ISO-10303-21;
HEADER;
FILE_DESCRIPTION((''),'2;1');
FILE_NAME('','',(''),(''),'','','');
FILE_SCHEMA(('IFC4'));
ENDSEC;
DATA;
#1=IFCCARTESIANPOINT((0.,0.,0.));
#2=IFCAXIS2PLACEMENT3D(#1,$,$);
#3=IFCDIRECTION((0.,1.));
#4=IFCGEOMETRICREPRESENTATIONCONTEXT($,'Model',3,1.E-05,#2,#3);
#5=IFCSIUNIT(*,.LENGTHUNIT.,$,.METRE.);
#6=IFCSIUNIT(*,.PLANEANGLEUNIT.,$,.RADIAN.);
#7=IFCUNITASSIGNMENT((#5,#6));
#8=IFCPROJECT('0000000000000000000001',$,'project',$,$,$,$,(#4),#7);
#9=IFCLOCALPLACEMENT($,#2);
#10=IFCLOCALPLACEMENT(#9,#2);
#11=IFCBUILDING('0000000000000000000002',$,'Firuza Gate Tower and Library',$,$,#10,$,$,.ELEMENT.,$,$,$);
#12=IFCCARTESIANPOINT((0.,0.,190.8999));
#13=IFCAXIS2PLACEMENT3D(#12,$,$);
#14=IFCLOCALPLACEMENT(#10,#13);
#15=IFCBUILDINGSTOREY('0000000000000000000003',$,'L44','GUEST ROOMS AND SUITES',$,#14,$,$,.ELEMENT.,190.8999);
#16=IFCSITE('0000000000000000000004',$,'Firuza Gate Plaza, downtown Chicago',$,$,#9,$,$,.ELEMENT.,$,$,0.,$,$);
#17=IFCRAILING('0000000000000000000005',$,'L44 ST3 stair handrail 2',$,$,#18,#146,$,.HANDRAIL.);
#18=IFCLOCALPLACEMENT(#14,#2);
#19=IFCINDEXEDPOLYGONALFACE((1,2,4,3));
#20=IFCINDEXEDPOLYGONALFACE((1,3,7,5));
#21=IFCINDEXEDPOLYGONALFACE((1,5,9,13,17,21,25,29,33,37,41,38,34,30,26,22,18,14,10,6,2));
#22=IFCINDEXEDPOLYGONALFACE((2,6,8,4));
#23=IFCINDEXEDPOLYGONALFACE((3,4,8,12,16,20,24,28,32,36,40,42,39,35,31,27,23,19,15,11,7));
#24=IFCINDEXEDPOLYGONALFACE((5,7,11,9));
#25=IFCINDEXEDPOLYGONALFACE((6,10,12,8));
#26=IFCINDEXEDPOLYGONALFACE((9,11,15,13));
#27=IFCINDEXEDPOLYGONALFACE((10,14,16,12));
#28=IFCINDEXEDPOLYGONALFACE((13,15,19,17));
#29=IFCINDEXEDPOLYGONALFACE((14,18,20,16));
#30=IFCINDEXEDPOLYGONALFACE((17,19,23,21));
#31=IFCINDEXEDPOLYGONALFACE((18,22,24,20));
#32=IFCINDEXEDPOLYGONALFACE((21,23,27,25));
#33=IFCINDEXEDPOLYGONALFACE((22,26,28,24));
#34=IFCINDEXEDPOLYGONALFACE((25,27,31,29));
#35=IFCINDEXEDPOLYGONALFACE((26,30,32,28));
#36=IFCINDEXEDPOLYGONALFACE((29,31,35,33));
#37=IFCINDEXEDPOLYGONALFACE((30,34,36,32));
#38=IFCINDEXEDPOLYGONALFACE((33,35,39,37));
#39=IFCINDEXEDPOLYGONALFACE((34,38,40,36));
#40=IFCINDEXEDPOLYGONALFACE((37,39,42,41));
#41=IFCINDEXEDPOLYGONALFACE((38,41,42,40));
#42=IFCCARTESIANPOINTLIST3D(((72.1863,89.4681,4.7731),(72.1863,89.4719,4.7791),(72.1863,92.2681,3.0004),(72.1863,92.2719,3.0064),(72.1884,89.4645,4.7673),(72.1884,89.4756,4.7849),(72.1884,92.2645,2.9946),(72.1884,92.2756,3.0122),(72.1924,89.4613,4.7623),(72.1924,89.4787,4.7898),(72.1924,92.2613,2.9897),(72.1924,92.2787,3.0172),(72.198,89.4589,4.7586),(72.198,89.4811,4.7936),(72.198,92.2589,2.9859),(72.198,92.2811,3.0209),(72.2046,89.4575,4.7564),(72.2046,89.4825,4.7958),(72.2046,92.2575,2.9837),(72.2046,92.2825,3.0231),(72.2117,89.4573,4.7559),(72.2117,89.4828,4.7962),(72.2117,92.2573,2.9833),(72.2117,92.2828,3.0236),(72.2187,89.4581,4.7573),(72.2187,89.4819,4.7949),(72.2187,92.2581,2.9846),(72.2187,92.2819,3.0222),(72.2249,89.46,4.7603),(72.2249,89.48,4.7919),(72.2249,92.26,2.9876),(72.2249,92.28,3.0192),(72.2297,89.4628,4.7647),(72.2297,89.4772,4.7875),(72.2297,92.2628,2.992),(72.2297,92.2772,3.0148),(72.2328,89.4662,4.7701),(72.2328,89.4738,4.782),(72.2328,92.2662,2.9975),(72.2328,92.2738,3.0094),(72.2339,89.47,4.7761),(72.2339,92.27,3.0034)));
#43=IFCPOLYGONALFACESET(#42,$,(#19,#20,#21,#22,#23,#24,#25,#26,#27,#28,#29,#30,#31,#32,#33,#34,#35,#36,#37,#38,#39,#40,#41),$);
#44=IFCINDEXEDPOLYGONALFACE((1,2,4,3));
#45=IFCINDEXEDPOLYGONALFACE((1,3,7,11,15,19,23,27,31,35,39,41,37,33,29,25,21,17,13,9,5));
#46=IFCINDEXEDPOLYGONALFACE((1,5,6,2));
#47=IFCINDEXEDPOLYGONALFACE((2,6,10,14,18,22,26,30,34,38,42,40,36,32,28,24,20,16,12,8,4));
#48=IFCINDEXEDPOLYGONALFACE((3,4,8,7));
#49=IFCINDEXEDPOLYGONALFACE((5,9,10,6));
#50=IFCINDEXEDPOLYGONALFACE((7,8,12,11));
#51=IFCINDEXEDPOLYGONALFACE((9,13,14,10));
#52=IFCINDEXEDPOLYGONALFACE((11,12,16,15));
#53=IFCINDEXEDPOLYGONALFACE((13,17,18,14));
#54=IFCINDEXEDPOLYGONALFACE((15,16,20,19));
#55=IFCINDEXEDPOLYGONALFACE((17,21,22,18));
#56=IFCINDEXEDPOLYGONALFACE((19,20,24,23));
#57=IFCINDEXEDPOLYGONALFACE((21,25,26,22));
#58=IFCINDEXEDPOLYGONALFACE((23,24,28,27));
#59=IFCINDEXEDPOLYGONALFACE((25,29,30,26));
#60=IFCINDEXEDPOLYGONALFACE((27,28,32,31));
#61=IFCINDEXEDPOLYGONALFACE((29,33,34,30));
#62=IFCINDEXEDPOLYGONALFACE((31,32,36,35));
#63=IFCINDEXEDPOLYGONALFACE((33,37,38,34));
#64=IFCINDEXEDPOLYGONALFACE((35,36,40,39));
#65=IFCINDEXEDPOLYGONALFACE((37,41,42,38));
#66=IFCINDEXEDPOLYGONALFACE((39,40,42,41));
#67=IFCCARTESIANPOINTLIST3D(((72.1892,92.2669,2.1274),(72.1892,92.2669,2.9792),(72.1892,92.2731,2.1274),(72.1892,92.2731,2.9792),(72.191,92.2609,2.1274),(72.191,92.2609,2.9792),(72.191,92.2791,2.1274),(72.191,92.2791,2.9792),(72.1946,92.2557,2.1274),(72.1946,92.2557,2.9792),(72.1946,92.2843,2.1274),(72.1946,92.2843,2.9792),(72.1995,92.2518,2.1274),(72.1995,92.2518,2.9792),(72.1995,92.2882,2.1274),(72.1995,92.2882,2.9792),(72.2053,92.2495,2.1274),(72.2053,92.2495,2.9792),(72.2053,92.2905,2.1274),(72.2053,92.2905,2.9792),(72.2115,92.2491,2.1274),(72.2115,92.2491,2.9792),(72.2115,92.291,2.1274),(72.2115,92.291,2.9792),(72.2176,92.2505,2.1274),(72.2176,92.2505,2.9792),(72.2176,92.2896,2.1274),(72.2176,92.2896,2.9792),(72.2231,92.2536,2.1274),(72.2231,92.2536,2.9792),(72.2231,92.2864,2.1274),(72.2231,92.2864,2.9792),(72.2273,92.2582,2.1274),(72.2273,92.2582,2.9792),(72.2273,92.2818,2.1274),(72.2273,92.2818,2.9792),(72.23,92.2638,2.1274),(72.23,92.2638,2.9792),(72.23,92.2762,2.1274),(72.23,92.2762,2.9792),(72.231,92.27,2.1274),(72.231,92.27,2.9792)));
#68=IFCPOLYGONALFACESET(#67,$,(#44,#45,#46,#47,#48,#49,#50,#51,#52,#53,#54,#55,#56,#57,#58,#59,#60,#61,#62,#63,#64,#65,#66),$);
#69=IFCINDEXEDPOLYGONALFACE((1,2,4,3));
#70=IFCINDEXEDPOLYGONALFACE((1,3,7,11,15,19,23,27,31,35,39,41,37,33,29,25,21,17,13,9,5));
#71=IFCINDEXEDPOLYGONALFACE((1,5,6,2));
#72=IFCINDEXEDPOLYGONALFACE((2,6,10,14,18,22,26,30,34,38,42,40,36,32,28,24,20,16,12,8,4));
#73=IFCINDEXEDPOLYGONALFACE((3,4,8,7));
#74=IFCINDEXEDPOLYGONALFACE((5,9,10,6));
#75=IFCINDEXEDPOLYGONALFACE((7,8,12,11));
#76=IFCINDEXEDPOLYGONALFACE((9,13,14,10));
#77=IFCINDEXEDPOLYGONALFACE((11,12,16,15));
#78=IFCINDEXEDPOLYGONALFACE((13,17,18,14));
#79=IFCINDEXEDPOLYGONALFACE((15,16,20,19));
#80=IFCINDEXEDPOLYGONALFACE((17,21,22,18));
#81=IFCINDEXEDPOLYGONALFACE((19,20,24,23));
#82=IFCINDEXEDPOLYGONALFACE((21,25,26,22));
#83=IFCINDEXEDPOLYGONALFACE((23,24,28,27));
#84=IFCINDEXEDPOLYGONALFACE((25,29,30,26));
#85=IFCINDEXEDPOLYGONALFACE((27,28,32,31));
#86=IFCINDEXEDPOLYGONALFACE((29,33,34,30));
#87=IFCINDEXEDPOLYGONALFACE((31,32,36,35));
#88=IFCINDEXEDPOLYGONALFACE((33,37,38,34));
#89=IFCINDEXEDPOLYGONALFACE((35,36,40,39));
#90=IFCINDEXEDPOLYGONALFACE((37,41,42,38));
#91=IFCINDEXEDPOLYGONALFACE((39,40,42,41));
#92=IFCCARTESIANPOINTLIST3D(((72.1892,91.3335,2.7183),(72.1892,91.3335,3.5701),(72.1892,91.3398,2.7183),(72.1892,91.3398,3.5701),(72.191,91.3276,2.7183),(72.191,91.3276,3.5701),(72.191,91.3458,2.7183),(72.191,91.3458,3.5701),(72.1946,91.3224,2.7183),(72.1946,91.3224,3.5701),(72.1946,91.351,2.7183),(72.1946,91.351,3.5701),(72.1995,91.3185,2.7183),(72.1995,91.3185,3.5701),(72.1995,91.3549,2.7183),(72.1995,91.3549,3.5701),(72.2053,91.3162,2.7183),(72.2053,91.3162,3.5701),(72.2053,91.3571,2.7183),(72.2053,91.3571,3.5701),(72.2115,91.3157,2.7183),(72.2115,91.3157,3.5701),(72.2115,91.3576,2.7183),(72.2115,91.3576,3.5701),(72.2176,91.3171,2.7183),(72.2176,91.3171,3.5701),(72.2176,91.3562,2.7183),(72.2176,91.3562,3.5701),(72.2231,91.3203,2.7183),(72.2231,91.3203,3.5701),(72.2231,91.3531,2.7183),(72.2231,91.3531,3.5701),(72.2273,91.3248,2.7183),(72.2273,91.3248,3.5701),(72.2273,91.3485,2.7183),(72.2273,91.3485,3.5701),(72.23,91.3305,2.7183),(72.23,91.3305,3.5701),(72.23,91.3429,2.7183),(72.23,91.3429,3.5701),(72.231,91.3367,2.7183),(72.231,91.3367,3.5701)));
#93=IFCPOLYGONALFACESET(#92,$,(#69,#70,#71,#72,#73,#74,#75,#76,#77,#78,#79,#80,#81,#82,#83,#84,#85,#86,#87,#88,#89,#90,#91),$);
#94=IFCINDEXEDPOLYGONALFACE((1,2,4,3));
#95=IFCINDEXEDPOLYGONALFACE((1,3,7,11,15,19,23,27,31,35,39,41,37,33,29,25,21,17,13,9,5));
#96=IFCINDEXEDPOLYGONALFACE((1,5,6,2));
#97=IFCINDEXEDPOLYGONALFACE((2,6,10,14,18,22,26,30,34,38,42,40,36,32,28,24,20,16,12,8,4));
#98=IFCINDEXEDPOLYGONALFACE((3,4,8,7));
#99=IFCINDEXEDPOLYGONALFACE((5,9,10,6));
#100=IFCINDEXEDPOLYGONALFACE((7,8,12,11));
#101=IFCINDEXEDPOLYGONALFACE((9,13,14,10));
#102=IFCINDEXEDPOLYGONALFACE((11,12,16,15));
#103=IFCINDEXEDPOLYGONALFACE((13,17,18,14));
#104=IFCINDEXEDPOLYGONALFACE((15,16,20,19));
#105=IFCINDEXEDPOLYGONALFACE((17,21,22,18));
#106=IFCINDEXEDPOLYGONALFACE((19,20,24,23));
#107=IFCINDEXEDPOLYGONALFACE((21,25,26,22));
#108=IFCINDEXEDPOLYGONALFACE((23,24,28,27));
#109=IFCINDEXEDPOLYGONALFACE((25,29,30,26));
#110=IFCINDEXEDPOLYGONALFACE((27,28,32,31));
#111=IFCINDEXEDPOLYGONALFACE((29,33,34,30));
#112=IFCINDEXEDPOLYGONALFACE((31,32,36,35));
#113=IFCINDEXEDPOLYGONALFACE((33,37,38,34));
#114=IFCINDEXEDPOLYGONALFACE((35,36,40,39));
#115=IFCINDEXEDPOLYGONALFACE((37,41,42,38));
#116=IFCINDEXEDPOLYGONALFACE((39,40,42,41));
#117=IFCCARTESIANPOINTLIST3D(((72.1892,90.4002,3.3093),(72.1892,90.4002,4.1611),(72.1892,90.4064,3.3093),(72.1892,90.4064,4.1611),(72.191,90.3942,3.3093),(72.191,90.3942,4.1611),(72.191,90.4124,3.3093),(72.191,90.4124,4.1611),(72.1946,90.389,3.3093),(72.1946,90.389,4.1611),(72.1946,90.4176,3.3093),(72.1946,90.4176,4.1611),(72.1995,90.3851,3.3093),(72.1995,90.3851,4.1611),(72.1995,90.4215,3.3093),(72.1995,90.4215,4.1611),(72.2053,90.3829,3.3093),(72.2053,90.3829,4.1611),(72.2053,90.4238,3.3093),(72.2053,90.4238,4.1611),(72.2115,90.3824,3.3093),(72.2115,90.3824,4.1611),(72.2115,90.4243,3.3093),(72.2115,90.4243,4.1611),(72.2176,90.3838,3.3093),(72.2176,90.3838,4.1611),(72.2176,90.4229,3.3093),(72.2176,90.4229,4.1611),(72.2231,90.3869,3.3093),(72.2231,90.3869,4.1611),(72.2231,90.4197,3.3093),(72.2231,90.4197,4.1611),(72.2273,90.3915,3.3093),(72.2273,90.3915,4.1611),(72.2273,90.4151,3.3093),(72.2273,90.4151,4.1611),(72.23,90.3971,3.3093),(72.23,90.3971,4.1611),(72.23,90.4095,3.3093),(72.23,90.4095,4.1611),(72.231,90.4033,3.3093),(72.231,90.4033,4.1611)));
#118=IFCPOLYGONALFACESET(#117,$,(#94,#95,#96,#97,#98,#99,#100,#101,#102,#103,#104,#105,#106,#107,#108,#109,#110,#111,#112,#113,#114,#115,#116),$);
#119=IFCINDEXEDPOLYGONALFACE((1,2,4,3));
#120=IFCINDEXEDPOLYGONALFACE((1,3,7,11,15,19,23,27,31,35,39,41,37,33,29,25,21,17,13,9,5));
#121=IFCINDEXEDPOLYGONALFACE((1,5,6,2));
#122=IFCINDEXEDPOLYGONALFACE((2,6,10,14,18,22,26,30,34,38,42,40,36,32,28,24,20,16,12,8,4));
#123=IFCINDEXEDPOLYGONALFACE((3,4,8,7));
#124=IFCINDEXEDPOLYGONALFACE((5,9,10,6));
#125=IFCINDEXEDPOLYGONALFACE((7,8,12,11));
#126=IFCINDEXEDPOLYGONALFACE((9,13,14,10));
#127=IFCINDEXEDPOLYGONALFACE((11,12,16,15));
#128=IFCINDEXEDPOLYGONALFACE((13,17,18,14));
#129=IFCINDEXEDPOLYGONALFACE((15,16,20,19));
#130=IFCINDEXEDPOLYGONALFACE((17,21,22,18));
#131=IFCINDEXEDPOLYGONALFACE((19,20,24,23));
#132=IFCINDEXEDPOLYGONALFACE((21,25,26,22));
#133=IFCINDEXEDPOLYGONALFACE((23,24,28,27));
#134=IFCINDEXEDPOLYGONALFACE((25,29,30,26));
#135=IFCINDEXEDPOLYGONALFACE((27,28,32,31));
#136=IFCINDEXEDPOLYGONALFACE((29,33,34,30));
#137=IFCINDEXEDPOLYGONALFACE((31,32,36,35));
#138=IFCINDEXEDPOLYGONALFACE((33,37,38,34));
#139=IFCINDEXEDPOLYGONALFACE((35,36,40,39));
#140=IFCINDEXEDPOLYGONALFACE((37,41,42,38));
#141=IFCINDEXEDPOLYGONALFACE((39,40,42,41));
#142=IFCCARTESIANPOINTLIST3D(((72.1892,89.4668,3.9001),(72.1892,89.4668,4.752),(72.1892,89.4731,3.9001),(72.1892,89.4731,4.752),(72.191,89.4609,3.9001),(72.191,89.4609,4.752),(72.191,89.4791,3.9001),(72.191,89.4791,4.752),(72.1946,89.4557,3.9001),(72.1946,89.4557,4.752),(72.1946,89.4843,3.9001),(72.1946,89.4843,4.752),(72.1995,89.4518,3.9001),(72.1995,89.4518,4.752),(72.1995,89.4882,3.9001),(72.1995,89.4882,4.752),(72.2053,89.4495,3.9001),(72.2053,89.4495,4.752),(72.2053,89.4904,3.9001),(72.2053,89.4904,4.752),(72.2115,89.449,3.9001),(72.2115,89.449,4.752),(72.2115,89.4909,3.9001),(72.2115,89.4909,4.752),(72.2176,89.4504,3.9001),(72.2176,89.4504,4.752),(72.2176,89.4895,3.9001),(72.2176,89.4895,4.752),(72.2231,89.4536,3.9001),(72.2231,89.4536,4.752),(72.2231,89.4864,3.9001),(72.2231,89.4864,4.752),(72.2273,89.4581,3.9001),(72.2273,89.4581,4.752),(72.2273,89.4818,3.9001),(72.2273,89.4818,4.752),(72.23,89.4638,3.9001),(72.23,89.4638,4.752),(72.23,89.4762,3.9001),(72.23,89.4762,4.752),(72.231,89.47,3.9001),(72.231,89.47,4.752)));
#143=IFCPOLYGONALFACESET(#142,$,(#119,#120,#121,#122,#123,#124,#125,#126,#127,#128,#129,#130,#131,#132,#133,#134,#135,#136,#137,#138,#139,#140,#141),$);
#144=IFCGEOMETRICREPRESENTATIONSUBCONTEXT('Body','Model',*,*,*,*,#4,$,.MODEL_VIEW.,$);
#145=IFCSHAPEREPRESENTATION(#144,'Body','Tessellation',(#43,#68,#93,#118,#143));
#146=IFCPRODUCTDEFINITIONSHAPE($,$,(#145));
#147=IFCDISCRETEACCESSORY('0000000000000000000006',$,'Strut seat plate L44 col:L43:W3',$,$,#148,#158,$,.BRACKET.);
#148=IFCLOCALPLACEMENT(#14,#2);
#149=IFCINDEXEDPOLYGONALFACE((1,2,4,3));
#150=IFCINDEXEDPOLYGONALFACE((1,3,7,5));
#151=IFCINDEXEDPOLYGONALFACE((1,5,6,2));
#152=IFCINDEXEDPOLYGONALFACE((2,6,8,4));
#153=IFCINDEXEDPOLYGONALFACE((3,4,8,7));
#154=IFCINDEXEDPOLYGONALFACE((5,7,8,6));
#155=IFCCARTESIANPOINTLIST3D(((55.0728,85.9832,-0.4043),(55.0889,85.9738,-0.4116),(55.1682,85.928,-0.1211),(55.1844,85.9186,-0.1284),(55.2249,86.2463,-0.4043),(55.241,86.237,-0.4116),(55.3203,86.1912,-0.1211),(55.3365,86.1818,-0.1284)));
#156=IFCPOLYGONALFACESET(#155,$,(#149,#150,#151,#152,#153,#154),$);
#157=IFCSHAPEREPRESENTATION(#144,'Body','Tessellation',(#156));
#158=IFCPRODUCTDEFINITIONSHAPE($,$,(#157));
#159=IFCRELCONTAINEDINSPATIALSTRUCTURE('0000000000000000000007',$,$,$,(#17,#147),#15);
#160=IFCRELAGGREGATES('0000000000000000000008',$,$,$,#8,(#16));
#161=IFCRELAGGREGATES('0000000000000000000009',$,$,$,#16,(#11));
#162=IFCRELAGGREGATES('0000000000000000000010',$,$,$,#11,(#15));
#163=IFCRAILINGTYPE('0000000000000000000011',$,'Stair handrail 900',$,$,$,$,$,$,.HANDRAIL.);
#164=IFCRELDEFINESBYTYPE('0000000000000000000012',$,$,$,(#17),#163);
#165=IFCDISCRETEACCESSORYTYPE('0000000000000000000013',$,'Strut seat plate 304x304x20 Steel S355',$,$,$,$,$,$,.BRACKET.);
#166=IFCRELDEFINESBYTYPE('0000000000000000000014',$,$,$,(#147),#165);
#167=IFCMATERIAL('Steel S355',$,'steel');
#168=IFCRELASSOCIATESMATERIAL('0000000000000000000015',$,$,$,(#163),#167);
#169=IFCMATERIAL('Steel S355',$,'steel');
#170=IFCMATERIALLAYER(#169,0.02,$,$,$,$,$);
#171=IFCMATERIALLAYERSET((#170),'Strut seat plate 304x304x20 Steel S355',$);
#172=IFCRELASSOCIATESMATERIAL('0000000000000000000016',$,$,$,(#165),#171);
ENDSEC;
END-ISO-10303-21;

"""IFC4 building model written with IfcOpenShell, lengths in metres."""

from ifc_helpers import new_model, si_unit, direction, frame, origin, origin_2d, place, context, subcontext, project, spatial, polyline, circle, outline, extrude, material, layer, layer_set, type_object, element, save


model = new_model("IFC4")

# Units and contexts
model_context = context("Model", 3, precision=1e-05, world=origin(), true_north=direction((0.0, 1.0)))
body_context = subcontext(model_context, "Body", "Model", "MODEL_VIEW")
ifc_project = project(units=[si_unit("LENGTHUNIT", "METRE"), si_unit("PLANEANGLEUNIT", "RADIAN")], contexts=[model_context])

# Site, building, storey
site_placement = place(None, origin())
site = spatial("IfcSite", under=ifc_project, at=site_placement, Name="Firuza Gate Plaza, downtown Chicago", CompositionType="ELEMENT", RefElevation=0.0)
building_placement = place(site_placement, origin())
building = spatial("IfcBuilding", under=site, at=building_placement, Name="Firuza Gate Tower and Library", CompositionType="ELEMENT")
storey_placement = place(building_placement, frame((0.0, 0.0, 190.8999)))
storey = spatial("IfcBuildingStorey", under=building, at=storey_placement, Name="L44", Description="GUEST ROOMS AND SUITES", CompositionType="ELEMENT", Elevation=190.8999)

# Railing
ifc_material_1 = material(Name="Steel S355", Category="steel")
railing_type = type_object("IfcRailingType", Name="Stair handrail 900", PredefinedType="HANDRAIL", material=ifc_material_1)
railing_placement = place(storey_placement, frame((72.21, 92.27, 2.1274)))
element("IfcRailing", 1, at=railing_placement, inside=storey, type_object=railing_type, Name="L44 ST3 stair handrail 2", PredefinedType="HANDRAIL", context=body_context, shape_type="SweptSolid", body=[
    extrude(circle(Radius=0.0239, at=origin_2d()), frame((0.0, 0.0, 0.876), z_axis=(0.0, -0.844909, 0.53491), x_axis=(1.0, 0.0, 0.0)), (0.0, 0.0, 1.0), 3.314),
    extrude(circle(Radius=0.021, at=origin_2d()), origin(), (0.0, 0.0, 1.0), 0.8518),
    extrude(circle(Radius=0.021, at=origin_2d()), frame((0.0, -0.9333, 0.5908)), (0.0, 0.0, 1.0), 0.8518),
    extrude(circle(Radius=0.021, at=origin_2d()), frame((0.0, -1.8667, 1.1819)), (0.0, 0.0, 1.0), 0.8518),
    extrude(circle(Radius=0.021, at=origin_2d()), frame((0.0, -2.8, 1.7727)), (0.0, 0.0, 1.0), 0.8518),
])

# Discrete accessory
ifc_material_2 = material(Name="Steel S355", Category="steel")
ifc_layer_1 = layer(ifc_material_2, 0.02)
ifc_layer_set_1 = layer_set([ifc_layer_1], Name="Strut seat plate 304x304x20 Steel S355")
discrete_accessory_type = type_object("IfcDiscreteAccessoryType", Name="Strut seat plate 304x304x20 Steel S355", PredefinedType="BRACKET", material=ifc_layer_set_1)
discrete_accessory_placement = place(storey_placement, frame((55.3203, 86.1912, -0.1211), z_axis=(-0.806821, 0.46628, 0.362799), x_axis=(-0.500371, -0.865811, 0.0)))
element("IfcDiscreteAccessory", 2, at=discrete_accessory_placement, inside=storey, type_object=discrete_accessory_type, Name="Strut seat plate L44 col:L43:W3", PredefinedType="BRACKET", context=body_context, shape_type="SweptSolid", body=[
    extrude(outline(polyline([(0.0, 0.0), (0.304, 0.0), (0.304, -0.3039), (0.0, -0.3039), (0.0, 0.0)])), origin(), (0.0, 0.0, -1.0), 0.02),
])

save(model, "model.ifc")
